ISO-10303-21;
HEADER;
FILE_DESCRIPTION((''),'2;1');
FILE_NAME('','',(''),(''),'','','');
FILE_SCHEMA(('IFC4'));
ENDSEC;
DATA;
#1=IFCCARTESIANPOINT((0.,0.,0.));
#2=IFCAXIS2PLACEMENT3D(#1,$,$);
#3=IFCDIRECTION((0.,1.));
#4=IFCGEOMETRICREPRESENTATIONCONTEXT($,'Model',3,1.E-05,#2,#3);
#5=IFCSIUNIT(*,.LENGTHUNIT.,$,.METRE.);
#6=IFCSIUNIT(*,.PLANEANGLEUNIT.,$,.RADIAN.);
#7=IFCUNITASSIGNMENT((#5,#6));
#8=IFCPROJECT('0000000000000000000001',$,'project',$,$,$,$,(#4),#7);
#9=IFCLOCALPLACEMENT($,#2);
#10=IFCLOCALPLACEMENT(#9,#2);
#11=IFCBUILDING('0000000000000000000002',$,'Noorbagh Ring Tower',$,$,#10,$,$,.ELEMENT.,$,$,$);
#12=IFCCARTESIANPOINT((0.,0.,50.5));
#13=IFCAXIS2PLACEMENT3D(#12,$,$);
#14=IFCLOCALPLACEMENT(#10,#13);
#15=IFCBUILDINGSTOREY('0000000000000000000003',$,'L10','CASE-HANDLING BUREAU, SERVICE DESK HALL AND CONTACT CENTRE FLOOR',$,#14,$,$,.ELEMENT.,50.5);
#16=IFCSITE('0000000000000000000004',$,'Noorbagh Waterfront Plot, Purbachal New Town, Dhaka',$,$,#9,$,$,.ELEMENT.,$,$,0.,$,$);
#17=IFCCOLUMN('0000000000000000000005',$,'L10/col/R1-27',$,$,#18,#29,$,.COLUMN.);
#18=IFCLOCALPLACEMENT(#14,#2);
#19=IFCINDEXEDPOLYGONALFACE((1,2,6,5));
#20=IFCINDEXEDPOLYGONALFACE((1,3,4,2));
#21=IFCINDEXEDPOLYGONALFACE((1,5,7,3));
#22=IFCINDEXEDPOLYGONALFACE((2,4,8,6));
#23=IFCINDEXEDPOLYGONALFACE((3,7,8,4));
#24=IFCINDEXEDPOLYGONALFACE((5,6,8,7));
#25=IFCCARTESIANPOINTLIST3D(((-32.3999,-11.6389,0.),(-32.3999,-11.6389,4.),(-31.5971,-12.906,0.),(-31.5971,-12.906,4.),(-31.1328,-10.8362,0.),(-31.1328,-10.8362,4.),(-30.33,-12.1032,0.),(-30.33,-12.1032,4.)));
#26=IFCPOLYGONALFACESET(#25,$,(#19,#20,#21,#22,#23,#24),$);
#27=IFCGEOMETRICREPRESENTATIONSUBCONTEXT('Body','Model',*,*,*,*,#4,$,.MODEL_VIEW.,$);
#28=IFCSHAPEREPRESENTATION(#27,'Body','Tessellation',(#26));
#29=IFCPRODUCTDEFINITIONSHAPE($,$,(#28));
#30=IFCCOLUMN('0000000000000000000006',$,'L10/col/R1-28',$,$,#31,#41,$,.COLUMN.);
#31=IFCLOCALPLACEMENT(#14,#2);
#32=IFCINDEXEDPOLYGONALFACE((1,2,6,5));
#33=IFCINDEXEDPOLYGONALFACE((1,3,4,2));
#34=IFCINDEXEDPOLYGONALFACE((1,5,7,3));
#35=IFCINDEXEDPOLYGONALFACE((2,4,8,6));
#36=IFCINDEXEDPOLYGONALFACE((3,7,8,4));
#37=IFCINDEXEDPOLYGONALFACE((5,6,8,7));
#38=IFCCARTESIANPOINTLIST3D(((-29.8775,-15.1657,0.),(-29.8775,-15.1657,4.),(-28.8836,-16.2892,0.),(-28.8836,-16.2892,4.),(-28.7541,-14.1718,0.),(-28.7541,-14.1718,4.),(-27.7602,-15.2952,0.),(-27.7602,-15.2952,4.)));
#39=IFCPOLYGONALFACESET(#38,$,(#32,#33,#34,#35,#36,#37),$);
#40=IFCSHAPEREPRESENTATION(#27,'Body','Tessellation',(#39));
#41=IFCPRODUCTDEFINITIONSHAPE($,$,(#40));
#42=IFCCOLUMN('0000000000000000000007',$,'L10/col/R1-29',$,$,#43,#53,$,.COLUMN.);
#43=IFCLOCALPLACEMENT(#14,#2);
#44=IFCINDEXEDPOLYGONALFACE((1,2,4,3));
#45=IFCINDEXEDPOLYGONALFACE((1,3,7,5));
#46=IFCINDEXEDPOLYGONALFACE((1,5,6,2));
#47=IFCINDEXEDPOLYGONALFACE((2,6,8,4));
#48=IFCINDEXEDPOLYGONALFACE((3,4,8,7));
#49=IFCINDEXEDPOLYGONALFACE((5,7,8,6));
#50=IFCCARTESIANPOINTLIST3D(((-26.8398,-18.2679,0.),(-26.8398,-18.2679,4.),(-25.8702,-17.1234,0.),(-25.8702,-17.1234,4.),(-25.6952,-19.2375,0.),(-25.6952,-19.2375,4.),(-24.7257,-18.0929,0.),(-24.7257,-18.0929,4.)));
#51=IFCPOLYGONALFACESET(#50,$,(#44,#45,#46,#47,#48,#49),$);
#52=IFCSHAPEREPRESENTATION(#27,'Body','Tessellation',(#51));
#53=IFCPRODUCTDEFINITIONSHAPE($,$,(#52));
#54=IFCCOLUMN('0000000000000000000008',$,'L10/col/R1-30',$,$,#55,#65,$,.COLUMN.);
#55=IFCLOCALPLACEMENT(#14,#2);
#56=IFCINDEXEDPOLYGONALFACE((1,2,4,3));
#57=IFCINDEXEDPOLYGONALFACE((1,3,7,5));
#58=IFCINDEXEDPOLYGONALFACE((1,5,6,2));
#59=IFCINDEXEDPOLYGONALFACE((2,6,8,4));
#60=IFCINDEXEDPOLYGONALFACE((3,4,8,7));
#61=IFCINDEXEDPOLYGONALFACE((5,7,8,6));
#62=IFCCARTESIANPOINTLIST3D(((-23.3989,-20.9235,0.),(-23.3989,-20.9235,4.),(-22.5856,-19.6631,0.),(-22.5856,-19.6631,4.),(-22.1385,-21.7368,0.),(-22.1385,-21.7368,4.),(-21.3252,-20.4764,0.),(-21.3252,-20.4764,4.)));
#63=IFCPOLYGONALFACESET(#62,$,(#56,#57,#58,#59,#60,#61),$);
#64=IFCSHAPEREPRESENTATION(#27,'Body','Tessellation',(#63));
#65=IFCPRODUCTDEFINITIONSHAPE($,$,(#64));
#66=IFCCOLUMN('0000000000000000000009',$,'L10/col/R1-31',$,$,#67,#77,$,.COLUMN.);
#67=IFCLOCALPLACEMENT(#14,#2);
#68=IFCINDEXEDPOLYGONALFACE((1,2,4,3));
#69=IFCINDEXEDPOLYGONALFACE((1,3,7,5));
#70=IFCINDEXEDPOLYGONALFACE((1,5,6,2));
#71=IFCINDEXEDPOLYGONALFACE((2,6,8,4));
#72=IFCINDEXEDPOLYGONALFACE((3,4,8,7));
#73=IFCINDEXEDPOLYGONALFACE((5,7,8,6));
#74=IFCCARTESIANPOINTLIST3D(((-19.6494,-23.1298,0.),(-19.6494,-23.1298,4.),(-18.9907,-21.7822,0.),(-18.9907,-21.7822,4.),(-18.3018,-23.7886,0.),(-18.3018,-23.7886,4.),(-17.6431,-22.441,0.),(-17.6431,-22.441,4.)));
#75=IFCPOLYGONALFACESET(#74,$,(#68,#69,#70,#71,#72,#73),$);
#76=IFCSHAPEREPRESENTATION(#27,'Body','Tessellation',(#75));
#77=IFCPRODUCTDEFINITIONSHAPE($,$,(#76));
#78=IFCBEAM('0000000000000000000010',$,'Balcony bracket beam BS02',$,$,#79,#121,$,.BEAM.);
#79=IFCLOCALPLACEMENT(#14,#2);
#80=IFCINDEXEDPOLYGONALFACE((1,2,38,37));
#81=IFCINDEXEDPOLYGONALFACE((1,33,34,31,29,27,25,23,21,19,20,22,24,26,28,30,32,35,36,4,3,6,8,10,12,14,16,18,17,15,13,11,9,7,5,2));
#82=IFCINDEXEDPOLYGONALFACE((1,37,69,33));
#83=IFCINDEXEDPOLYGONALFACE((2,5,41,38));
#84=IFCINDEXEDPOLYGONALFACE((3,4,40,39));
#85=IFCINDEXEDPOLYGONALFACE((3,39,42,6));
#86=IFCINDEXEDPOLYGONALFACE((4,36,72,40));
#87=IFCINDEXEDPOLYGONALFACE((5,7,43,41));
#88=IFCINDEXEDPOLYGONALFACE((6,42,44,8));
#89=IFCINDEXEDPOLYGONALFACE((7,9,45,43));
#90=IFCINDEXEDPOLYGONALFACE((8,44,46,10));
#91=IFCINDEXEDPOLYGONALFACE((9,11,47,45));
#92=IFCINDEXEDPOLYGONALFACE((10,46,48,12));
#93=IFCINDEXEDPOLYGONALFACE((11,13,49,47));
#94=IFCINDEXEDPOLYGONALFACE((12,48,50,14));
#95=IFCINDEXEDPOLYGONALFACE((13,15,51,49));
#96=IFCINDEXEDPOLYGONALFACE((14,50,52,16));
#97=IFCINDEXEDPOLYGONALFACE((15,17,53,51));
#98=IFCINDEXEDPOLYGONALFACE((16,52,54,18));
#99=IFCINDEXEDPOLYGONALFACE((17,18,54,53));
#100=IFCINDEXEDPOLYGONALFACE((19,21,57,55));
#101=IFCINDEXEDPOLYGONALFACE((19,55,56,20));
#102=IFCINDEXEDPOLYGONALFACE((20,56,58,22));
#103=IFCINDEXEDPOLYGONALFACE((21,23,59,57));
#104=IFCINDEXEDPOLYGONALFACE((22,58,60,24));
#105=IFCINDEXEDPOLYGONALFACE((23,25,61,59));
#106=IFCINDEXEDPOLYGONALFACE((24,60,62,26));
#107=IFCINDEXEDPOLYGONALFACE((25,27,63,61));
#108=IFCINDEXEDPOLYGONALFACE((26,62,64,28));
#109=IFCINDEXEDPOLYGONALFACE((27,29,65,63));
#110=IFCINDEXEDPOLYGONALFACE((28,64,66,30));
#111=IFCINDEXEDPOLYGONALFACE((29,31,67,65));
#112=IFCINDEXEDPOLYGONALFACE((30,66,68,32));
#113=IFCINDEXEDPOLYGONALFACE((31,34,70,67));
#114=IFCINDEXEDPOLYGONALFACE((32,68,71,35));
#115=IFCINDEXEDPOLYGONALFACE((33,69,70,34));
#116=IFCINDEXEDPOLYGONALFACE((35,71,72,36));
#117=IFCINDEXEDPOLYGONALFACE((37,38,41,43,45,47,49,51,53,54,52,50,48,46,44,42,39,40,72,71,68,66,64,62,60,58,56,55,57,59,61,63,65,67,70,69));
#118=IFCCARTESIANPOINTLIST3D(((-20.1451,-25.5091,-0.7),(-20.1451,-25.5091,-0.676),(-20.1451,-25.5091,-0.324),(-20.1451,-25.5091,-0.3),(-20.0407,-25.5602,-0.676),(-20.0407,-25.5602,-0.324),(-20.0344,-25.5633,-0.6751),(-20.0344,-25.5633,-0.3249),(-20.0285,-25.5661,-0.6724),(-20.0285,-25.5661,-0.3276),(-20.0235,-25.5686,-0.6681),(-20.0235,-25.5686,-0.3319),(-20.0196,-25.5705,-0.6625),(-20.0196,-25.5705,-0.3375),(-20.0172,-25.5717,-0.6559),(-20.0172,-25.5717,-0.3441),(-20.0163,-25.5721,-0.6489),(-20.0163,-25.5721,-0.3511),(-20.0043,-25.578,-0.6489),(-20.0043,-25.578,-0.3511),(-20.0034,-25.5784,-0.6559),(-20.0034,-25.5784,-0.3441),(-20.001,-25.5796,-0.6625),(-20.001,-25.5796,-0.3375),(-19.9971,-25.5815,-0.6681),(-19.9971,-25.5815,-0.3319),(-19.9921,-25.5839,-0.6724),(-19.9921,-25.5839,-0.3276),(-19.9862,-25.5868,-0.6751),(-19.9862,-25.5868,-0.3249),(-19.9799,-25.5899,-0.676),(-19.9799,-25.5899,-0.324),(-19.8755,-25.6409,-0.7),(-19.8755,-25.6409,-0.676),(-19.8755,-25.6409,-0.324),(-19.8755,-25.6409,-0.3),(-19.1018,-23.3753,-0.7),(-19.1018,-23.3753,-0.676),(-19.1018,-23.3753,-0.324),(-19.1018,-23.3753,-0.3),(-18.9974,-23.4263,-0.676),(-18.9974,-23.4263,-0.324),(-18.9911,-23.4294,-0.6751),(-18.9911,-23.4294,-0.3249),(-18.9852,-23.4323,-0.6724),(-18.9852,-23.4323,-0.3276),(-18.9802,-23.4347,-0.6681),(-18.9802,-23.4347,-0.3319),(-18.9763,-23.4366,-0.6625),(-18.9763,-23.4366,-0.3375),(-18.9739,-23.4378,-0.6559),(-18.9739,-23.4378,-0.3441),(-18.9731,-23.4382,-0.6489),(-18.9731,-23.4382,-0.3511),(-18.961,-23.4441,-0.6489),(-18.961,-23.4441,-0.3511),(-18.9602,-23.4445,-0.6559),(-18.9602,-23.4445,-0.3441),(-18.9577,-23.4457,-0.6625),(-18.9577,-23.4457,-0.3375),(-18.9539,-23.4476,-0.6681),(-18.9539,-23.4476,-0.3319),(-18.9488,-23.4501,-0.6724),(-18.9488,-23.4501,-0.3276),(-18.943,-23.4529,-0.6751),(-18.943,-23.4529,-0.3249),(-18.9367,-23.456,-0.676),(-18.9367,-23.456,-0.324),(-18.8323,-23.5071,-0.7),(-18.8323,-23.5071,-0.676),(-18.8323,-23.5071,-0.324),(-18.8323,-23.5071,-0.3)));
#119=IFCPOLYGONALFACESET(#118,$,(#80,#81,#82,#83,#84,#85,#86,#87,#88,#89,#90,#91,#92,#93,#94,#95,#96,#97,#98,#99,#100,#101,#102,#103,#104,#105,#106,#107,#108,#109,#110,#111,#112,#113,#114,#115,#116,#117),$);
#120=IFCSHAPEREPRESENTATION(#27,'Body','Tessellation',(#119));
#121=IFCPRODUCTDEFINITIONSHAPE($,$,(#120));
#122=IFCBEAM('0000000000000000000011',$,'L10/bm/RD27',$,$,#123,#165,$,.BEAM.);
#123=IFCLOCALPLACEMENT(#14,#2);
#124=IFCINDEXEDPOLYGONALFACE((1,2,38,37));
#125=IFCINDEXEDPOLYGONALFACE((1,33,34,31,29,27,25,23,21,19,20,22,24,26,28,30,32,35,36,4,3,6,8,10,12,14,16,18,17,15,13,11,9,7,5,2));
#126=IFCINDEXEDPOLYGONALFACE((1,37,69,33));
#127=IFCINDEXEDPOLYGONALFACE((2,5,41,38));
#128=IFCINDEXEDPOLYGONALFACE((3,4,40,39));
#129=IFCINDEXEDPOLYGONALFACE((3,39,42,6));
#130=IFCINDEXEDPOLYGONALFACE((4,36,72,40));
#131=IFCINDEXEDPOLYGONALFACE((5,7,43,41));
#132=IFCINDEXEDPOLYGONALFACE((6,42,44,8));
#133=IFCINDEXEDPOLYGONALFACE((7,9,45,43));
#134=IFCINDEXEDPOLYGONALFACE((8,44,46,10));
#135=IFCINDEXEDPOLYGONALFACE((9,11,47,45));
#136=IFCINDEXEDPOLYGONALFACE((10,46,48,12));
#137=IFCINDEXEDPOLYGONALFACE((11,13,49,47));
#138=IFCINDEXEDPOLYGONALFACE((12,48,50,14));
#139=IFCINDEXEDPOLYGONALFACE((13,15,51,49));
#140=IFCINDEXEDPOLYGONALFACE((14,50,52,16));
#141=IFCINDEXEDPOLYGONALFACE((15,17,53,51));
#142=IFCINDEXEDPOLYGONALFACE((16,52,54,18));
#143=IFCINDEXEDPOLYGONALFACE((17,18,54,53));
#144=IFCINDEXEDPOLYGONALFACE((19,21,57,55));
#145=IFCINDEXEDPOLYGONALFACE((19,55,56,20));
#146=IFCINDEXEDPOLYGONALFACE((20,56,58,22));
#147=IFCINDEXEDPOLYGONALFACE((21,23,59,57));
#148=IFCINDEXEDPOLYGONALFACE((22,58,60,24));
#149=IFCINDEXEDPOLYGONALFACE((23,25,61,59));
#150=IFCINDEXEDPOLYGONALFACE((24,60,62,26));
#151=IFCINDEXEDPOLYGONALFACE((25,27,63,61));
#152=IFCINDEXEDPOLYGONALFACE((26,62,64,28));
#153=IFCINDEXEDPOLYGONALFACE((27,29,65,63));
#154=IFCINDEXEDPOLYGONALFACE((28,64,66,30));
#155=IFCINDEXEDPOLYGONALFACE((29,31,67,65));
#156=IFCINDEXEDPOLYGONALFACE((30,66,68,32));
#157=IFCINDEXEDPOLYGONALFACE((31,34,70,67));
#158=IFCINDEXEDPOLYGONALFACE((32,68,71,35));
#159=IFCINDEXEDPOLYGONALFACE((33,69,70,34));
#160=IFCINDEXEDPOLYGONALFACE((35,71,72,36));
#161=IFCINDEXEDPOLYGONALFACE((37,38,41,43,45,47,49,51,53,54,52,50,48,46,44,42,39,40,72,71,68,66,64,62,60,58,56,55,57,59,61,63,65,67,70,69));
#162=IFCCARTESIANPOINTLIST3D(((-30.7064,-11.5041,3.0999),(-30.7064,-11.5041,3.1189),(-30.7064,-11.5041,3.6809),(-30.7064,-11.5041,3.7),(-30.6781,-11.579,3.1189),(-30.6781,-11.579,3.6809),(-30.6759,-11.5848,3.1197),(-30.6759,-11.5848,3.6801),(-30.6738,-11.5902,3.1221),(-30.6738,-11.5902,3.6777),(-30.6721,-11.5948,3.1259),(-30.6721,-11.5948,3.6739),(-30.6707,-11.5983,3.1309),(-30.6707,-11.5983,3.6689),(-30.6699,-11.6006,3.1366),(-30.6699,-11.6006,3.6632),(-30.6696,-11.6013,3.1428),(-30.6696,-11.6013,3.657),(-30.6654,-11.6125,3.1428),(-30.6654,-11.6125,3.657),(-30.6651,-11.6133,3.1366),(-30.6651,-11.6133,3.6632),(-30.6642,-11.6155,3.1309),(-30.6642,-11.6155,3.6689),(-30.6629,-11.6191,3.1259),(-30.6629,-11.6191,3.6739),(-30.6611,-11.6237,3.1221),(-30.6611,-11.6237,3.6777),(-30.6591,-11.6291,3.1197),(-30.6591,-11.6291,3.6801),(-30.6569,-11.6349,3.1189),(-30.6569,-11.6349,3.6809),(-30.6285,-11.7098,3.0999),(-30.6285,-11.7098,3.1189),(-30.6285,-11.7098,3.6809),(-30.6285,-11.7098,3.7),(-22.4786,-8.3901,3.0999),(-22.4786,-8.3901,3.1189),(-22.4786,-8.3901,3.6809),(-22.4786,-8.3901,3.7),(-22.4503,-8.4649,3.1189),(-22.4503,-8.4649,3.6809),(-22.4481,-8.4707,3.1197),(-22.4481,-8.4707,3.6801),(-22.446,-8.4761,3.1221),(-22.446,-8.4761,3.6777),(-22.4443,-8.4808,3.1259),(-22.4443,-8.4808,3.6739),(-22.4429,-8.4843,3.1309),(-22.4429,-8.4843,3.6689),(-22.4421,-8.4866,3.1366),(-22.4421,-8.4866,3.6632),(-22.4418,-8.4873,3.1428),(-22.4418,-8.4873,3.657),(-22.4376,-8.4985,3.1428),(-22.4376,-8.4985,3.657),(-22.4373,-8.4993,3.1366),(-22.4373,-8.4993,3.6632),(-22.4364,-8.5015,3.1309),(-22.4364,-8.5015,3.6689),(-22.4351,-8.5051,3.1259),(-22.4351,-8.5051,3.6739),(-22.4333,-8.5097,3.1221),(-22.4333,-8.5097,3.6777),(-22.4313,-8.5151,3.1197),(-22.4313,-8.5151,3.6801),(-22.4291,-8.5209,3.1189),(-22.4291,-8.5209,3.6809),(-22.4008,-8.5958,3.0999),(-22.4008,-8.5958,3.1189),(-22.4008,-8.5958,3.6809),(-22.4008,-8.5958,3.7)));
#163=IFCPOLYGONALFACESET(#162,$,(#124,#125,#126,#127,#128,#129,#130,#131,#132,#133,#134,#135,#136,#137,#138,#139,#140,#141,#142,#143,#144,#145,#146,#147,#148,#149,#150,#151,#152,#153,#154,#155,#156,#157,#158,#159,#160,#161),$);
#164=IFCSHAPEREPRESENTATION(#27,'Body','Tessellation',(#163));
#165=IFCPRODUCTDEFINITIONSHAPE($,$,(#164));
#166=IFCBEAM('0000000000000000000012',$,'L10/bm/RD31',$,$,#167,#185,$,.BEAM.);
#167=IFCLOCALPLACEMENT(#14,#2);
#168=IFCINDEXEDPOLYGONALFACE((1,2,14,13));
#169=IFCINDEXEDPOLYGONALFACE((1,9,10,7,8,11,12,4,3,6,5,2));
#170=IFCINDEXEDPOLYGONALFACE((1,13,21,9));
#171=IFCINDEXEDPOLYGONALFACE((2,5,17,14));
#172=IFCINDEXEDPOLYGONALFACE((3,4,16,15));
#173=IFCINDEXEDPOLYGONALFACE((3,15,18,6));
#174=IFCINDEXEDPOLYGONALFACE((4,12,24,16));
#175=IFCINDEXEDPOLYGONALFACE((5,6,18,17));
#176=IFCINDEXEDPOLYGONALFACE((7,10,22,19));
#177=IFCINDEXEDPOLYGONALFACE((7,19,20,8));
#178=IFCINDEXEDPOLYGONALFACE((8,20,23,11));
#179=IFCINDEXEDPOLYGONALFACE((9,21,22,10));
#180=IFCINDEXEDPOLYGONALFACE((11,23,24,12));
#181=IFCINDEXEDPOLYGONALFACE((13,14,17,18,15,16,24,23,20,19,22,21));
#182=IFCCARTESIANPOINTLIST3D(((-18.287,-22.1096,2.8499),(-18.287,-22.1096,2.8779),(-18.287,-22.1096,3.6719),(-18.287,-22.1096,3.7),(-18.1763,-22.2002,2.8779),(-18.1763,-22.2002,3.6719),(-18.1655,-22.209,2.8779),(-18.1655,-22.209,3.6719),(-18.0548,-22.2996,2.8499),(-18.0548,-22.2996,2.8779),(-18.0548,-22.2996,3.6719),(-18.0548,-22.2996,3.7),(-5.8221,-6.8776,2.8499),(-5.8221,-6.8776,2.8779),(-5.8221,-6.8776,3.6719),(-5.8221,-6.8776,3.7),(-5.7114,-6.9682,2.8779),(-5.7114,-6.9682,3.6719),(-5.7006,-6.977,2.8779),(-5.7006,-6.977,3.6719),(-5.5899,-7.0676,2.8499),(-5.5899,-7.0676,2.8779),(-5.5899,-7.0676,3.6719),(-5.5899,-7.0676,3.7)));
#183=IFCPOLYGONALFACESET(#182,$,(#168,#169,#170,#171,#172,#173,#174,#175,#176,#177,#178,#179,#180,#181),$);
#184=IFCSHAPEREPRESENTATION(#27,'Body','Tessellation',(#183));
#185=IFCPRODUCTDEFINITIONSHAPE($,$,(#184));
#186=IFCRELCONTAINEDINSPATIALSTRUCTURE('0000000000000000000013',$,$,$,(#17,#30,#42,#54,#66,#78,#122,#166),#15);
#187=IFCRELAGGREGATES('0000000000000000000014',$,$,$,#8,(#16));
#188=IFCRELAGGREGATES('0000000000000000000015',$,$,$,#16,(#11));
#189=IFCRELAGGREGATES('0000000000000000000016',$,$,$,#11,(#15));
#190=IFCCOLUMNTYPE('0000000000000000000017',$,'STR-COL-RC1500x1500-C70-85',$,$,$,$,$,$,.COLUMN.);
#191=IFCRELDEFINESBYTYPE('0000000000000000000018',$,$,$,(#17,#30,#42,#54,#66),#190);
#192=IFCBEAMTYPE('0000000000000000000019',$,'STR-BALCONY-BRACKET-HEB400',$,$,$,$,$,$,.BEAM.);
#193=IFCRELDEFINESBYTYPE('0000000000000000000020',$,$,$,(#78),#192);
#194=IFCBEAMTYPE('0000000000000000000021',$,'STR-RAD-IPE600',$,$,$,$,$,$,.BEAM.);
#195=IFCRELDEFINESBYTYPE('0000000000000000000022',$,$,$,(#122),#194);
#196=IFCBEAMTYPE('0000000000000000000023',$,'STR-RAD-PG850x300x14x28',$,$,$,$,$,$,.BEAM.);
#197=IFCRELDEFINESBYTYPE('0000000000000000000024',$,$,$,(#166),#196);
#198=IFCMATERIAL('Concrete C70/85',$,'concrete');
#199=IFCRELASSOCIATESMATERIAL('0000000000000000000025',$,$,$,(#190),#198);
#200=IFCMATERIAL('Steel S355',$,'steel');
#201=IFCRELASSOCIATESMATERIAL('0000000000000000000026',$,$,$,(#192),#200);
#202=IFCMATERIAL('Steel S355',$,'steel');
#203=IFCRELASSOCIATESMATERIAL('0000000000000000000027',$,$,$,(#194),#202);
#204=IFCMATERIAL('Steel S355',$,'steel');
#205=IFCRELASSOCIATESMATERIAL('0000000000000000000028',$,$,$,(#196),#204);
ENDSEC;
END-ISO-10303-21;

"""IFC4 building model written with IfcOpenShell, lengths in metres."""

from ifc_helpers import new_model, si_unit, direction, frame, origin, origin_2d, place, context, subcontext, project, spatial, rectangle, i_section, extrude, material, material_profile, profile_set, type_object, element, save


model = new_model("IFC4")

# Units and contexts
model_context = context("Model", 3, precision=1e-05, world=origin(), true_north=direction((0.0, 1.0)))
body_context = subcontext(model_context, "Body", "Model", "MODEL_VIEW")
ifc_project = project(units=[si_unit("LENGTHUNIT", "METRE"), si_unit("PLANEANGLEUNIT", "RADIAN")], contexts=[model_context])

# Site, building, storey
site_placement = place(None, origin())
site = spatial("IfcSite", under=ifc_project, at=site_placement, Name="Noorbagh Waterfront Plot, Purbachal New Town, Dhaka", CompositionType="ELEMENT", RefElevation=0.0)
building_placement = place(site_placement, origin())
building = spatial("IfcBuilding", under=site, at=building_placement, Name="Noorbagh Ring Tower", CompositionType="ELEMENT")
storey_placement = place(building_placement, frame((0.0, 0.0, 50.5)))
storey = spatial("IfcBuildingStorey", under=building, at=storey_placement, Name="L10", Description="CASE-HANDLING BUREAU, SERVICE DESK HALL AND CONTACT CENTRE FLOOR", CompositionType="ELEMENT", Elevation=50.5)

# Columns
ifc_material_1 = material(Name="Concrete C70/85", Category="concrete")
ifc_material_profile_1 = material_profile(ifc_material_1, rectangle(XDim=1.5, YDim=1.5, at=origin_2d()), Name="RC1500x1500")
ifc_profile_set_1 = profile_set([ifc_material_profile_1], Name="Concrete C70/85")
column_type = type_object("IfcColumnType", Name="STR-COL-RC1500x1500-C70-85", PredefinedType="COLUMN", material=ifc_profile_set_1)
for number, where, z_axis, x_axis, name in (
    (1, (-31.365, -11.8711, 0.0), (0.0, 0.0, 1.0), (0.53519, -0.844731, 0.0), "L10/col/R1-27"),
    (2, (-28.8188, -15.2305, 0.0), (0.0, 0.0, 1.0), (0.662636, -0.748942, 0.0), "L10/col/R1-28"),
    (3, (-25.7827, -18.1804, 0.0), (0.0, 0.0, 1.0), (0.763035, -0.646357, 0.0), "L10/col/R1-29"),
    (4, (-22.3621, -20.7, 0.0), (0.0, 0.0, 1.0), (0.840248, -0.542203, 0.0), "L10/col/R1-30"),
    (5, (-18.6462, -22.7854, 0.0), (0.0, 0.0, 1.0), (0.898399, -0.43918, 0.0), "L10/col/R1-31"),
):
    element("IfcColumn", number, at=place(storey_placement, frame(where, z_axis=z_axis, x_axis=x_axis)), inside=storey, type_object=column_type, Name=name, PredefinedType="COLUMN", context=body_context, shape_type="SweptSolid", body=[
        extrude(rectangle(XDim=1.5, YDim=1.5, at=origin_2d()), origin(), (0.0, 0.0, 1.0), 4.0),
    ])

# Beams
ifc_material_2 = material(Name="Steel S355", Category="steel")
ifc_material_profile_2 = material_profile(ifc_material_2, i_section(OverallWidth=0.3, OverallDepth=0.3999, WebThickness=0.0134, FlangeThickness=0.0239, FilletRadius=0.0271, at=origin_2d()), Name="HEB400")
ifc_profile_set_2 = profile_set([ifc_material_profile_2], Name="Steel S355")
beam_type_1 = type_object("IfcBeamType", Name="STR-BALCONY-BRACKET-HEB400", PredefinedType="BEAM", material=ifc_profile_set_2)
beam_1_placement = place(storey_placement, frame((-18.967, -23.4412, -0.5), z_axis=(-0.439219, -0.89838, 0.0), x_axis=(0.89838, -0.439219, 0.0)))
element("IfcBeam", 6, at=beam_1_placement, inside=storey, type_object=beam_type_1, Name="Balcony bracket beam BS02", PredefinedType="BEAM", context=body_context, shape_type="SweptSolid", body=[
    extrude(i_section(OverallWidth=0.3, OverallDepth=0.3999, WebThickness=0.0134, FlangeThickness=0.0239, FilletRadius=0.0271, at=origin_2d()), origin(), (0.0, 0.0, 1.0), 2.3752),
])
ifc_material_3 = material(Name="Steel S355", Category="steel")
ifc_material_profile_3 = material_profile(ifc_material_3, i_section(OverallWidth=0.22, OverallDepth=0.6001, WebThickness=0.012, FlangeThickness=0.019, FilletRadius=0.0239, at=origin_2d()), Name="IPE600")
ifc_profile_set_3 = profile_set([ifc_material_profile_3], Name="Steel S355")
beam_type_2 = type_object("IfcBeamType", Name="STR-RAD-IPE600", PredefinedType="BEAM", material=ifc_profile_set_3)
beam_2_placement = place(storey_placement, frame((-30.6675, -11.6069, 3.3999), z_axis=(0.935256, 0.353971, 0.0), x_axis=(-0.353971, 0.935256, 0.0)))
element("IfcBeam", 7, at=beam_2_placement, inside=storey, type_object=beam_type_2, Name="L10/bm/RD27", PredefinedType="BEAM", context=body_context, shape_type="SweptSolid", body=[
    extrude(i_section(OverallWidth=0.22, OverallDepth=0.6001, WebThickness=0.012, FlangeThickness=0.019, FilletRadius=0.0239, at=origin_2d()), origin(), (0.0, 0.0, 1.0), 8.7974),
])
ifc_material_4 = material(Name="Steel S355", Category="steel")
ifc_material_profile_4 = material_profile(ifc_material_4, i_section(OverallWidth=0.3, OverallDepth=0.8501, WebThickness=0.0139, FlangeThickness=0.0281, at=origin_2d()), Name="PG850x300x14x28")
ifc_profile_set_4 = profile_set([ifc_material_profile_4], Name="Steel S355")
beam_type_3 = type_object("IfcBeamType", Name="STR-RAD-PG850x300x14x28", PredefinedType="BEAM", material=ifc_profile_set_4)
beam_3_placement = place(storey_placement, frame((-18.1709, -22.2046, 3.2749), z_axis=(0.633309, 0.773899, 0.0), x_axis=(-0.773899, 0.633309, 0.0)))
element("IfcBeam", 8, at=beam_3_placement, inside=storey, type_object=beam_type_3, Name="L10/bm/RD31", PredefinedType="BEAM", context=body_context, shape_type="SweptSolid", body=[
    extrude(i_section(OverallWidth=0.3, OverallDepth=0.8501, WebThickness=0.0139, FlangeThickness=0.0281, at=origin_2d()), origin(), (0.0, 0.0, 1.0), 19.6821),
])

save(model, "model.ifc")
